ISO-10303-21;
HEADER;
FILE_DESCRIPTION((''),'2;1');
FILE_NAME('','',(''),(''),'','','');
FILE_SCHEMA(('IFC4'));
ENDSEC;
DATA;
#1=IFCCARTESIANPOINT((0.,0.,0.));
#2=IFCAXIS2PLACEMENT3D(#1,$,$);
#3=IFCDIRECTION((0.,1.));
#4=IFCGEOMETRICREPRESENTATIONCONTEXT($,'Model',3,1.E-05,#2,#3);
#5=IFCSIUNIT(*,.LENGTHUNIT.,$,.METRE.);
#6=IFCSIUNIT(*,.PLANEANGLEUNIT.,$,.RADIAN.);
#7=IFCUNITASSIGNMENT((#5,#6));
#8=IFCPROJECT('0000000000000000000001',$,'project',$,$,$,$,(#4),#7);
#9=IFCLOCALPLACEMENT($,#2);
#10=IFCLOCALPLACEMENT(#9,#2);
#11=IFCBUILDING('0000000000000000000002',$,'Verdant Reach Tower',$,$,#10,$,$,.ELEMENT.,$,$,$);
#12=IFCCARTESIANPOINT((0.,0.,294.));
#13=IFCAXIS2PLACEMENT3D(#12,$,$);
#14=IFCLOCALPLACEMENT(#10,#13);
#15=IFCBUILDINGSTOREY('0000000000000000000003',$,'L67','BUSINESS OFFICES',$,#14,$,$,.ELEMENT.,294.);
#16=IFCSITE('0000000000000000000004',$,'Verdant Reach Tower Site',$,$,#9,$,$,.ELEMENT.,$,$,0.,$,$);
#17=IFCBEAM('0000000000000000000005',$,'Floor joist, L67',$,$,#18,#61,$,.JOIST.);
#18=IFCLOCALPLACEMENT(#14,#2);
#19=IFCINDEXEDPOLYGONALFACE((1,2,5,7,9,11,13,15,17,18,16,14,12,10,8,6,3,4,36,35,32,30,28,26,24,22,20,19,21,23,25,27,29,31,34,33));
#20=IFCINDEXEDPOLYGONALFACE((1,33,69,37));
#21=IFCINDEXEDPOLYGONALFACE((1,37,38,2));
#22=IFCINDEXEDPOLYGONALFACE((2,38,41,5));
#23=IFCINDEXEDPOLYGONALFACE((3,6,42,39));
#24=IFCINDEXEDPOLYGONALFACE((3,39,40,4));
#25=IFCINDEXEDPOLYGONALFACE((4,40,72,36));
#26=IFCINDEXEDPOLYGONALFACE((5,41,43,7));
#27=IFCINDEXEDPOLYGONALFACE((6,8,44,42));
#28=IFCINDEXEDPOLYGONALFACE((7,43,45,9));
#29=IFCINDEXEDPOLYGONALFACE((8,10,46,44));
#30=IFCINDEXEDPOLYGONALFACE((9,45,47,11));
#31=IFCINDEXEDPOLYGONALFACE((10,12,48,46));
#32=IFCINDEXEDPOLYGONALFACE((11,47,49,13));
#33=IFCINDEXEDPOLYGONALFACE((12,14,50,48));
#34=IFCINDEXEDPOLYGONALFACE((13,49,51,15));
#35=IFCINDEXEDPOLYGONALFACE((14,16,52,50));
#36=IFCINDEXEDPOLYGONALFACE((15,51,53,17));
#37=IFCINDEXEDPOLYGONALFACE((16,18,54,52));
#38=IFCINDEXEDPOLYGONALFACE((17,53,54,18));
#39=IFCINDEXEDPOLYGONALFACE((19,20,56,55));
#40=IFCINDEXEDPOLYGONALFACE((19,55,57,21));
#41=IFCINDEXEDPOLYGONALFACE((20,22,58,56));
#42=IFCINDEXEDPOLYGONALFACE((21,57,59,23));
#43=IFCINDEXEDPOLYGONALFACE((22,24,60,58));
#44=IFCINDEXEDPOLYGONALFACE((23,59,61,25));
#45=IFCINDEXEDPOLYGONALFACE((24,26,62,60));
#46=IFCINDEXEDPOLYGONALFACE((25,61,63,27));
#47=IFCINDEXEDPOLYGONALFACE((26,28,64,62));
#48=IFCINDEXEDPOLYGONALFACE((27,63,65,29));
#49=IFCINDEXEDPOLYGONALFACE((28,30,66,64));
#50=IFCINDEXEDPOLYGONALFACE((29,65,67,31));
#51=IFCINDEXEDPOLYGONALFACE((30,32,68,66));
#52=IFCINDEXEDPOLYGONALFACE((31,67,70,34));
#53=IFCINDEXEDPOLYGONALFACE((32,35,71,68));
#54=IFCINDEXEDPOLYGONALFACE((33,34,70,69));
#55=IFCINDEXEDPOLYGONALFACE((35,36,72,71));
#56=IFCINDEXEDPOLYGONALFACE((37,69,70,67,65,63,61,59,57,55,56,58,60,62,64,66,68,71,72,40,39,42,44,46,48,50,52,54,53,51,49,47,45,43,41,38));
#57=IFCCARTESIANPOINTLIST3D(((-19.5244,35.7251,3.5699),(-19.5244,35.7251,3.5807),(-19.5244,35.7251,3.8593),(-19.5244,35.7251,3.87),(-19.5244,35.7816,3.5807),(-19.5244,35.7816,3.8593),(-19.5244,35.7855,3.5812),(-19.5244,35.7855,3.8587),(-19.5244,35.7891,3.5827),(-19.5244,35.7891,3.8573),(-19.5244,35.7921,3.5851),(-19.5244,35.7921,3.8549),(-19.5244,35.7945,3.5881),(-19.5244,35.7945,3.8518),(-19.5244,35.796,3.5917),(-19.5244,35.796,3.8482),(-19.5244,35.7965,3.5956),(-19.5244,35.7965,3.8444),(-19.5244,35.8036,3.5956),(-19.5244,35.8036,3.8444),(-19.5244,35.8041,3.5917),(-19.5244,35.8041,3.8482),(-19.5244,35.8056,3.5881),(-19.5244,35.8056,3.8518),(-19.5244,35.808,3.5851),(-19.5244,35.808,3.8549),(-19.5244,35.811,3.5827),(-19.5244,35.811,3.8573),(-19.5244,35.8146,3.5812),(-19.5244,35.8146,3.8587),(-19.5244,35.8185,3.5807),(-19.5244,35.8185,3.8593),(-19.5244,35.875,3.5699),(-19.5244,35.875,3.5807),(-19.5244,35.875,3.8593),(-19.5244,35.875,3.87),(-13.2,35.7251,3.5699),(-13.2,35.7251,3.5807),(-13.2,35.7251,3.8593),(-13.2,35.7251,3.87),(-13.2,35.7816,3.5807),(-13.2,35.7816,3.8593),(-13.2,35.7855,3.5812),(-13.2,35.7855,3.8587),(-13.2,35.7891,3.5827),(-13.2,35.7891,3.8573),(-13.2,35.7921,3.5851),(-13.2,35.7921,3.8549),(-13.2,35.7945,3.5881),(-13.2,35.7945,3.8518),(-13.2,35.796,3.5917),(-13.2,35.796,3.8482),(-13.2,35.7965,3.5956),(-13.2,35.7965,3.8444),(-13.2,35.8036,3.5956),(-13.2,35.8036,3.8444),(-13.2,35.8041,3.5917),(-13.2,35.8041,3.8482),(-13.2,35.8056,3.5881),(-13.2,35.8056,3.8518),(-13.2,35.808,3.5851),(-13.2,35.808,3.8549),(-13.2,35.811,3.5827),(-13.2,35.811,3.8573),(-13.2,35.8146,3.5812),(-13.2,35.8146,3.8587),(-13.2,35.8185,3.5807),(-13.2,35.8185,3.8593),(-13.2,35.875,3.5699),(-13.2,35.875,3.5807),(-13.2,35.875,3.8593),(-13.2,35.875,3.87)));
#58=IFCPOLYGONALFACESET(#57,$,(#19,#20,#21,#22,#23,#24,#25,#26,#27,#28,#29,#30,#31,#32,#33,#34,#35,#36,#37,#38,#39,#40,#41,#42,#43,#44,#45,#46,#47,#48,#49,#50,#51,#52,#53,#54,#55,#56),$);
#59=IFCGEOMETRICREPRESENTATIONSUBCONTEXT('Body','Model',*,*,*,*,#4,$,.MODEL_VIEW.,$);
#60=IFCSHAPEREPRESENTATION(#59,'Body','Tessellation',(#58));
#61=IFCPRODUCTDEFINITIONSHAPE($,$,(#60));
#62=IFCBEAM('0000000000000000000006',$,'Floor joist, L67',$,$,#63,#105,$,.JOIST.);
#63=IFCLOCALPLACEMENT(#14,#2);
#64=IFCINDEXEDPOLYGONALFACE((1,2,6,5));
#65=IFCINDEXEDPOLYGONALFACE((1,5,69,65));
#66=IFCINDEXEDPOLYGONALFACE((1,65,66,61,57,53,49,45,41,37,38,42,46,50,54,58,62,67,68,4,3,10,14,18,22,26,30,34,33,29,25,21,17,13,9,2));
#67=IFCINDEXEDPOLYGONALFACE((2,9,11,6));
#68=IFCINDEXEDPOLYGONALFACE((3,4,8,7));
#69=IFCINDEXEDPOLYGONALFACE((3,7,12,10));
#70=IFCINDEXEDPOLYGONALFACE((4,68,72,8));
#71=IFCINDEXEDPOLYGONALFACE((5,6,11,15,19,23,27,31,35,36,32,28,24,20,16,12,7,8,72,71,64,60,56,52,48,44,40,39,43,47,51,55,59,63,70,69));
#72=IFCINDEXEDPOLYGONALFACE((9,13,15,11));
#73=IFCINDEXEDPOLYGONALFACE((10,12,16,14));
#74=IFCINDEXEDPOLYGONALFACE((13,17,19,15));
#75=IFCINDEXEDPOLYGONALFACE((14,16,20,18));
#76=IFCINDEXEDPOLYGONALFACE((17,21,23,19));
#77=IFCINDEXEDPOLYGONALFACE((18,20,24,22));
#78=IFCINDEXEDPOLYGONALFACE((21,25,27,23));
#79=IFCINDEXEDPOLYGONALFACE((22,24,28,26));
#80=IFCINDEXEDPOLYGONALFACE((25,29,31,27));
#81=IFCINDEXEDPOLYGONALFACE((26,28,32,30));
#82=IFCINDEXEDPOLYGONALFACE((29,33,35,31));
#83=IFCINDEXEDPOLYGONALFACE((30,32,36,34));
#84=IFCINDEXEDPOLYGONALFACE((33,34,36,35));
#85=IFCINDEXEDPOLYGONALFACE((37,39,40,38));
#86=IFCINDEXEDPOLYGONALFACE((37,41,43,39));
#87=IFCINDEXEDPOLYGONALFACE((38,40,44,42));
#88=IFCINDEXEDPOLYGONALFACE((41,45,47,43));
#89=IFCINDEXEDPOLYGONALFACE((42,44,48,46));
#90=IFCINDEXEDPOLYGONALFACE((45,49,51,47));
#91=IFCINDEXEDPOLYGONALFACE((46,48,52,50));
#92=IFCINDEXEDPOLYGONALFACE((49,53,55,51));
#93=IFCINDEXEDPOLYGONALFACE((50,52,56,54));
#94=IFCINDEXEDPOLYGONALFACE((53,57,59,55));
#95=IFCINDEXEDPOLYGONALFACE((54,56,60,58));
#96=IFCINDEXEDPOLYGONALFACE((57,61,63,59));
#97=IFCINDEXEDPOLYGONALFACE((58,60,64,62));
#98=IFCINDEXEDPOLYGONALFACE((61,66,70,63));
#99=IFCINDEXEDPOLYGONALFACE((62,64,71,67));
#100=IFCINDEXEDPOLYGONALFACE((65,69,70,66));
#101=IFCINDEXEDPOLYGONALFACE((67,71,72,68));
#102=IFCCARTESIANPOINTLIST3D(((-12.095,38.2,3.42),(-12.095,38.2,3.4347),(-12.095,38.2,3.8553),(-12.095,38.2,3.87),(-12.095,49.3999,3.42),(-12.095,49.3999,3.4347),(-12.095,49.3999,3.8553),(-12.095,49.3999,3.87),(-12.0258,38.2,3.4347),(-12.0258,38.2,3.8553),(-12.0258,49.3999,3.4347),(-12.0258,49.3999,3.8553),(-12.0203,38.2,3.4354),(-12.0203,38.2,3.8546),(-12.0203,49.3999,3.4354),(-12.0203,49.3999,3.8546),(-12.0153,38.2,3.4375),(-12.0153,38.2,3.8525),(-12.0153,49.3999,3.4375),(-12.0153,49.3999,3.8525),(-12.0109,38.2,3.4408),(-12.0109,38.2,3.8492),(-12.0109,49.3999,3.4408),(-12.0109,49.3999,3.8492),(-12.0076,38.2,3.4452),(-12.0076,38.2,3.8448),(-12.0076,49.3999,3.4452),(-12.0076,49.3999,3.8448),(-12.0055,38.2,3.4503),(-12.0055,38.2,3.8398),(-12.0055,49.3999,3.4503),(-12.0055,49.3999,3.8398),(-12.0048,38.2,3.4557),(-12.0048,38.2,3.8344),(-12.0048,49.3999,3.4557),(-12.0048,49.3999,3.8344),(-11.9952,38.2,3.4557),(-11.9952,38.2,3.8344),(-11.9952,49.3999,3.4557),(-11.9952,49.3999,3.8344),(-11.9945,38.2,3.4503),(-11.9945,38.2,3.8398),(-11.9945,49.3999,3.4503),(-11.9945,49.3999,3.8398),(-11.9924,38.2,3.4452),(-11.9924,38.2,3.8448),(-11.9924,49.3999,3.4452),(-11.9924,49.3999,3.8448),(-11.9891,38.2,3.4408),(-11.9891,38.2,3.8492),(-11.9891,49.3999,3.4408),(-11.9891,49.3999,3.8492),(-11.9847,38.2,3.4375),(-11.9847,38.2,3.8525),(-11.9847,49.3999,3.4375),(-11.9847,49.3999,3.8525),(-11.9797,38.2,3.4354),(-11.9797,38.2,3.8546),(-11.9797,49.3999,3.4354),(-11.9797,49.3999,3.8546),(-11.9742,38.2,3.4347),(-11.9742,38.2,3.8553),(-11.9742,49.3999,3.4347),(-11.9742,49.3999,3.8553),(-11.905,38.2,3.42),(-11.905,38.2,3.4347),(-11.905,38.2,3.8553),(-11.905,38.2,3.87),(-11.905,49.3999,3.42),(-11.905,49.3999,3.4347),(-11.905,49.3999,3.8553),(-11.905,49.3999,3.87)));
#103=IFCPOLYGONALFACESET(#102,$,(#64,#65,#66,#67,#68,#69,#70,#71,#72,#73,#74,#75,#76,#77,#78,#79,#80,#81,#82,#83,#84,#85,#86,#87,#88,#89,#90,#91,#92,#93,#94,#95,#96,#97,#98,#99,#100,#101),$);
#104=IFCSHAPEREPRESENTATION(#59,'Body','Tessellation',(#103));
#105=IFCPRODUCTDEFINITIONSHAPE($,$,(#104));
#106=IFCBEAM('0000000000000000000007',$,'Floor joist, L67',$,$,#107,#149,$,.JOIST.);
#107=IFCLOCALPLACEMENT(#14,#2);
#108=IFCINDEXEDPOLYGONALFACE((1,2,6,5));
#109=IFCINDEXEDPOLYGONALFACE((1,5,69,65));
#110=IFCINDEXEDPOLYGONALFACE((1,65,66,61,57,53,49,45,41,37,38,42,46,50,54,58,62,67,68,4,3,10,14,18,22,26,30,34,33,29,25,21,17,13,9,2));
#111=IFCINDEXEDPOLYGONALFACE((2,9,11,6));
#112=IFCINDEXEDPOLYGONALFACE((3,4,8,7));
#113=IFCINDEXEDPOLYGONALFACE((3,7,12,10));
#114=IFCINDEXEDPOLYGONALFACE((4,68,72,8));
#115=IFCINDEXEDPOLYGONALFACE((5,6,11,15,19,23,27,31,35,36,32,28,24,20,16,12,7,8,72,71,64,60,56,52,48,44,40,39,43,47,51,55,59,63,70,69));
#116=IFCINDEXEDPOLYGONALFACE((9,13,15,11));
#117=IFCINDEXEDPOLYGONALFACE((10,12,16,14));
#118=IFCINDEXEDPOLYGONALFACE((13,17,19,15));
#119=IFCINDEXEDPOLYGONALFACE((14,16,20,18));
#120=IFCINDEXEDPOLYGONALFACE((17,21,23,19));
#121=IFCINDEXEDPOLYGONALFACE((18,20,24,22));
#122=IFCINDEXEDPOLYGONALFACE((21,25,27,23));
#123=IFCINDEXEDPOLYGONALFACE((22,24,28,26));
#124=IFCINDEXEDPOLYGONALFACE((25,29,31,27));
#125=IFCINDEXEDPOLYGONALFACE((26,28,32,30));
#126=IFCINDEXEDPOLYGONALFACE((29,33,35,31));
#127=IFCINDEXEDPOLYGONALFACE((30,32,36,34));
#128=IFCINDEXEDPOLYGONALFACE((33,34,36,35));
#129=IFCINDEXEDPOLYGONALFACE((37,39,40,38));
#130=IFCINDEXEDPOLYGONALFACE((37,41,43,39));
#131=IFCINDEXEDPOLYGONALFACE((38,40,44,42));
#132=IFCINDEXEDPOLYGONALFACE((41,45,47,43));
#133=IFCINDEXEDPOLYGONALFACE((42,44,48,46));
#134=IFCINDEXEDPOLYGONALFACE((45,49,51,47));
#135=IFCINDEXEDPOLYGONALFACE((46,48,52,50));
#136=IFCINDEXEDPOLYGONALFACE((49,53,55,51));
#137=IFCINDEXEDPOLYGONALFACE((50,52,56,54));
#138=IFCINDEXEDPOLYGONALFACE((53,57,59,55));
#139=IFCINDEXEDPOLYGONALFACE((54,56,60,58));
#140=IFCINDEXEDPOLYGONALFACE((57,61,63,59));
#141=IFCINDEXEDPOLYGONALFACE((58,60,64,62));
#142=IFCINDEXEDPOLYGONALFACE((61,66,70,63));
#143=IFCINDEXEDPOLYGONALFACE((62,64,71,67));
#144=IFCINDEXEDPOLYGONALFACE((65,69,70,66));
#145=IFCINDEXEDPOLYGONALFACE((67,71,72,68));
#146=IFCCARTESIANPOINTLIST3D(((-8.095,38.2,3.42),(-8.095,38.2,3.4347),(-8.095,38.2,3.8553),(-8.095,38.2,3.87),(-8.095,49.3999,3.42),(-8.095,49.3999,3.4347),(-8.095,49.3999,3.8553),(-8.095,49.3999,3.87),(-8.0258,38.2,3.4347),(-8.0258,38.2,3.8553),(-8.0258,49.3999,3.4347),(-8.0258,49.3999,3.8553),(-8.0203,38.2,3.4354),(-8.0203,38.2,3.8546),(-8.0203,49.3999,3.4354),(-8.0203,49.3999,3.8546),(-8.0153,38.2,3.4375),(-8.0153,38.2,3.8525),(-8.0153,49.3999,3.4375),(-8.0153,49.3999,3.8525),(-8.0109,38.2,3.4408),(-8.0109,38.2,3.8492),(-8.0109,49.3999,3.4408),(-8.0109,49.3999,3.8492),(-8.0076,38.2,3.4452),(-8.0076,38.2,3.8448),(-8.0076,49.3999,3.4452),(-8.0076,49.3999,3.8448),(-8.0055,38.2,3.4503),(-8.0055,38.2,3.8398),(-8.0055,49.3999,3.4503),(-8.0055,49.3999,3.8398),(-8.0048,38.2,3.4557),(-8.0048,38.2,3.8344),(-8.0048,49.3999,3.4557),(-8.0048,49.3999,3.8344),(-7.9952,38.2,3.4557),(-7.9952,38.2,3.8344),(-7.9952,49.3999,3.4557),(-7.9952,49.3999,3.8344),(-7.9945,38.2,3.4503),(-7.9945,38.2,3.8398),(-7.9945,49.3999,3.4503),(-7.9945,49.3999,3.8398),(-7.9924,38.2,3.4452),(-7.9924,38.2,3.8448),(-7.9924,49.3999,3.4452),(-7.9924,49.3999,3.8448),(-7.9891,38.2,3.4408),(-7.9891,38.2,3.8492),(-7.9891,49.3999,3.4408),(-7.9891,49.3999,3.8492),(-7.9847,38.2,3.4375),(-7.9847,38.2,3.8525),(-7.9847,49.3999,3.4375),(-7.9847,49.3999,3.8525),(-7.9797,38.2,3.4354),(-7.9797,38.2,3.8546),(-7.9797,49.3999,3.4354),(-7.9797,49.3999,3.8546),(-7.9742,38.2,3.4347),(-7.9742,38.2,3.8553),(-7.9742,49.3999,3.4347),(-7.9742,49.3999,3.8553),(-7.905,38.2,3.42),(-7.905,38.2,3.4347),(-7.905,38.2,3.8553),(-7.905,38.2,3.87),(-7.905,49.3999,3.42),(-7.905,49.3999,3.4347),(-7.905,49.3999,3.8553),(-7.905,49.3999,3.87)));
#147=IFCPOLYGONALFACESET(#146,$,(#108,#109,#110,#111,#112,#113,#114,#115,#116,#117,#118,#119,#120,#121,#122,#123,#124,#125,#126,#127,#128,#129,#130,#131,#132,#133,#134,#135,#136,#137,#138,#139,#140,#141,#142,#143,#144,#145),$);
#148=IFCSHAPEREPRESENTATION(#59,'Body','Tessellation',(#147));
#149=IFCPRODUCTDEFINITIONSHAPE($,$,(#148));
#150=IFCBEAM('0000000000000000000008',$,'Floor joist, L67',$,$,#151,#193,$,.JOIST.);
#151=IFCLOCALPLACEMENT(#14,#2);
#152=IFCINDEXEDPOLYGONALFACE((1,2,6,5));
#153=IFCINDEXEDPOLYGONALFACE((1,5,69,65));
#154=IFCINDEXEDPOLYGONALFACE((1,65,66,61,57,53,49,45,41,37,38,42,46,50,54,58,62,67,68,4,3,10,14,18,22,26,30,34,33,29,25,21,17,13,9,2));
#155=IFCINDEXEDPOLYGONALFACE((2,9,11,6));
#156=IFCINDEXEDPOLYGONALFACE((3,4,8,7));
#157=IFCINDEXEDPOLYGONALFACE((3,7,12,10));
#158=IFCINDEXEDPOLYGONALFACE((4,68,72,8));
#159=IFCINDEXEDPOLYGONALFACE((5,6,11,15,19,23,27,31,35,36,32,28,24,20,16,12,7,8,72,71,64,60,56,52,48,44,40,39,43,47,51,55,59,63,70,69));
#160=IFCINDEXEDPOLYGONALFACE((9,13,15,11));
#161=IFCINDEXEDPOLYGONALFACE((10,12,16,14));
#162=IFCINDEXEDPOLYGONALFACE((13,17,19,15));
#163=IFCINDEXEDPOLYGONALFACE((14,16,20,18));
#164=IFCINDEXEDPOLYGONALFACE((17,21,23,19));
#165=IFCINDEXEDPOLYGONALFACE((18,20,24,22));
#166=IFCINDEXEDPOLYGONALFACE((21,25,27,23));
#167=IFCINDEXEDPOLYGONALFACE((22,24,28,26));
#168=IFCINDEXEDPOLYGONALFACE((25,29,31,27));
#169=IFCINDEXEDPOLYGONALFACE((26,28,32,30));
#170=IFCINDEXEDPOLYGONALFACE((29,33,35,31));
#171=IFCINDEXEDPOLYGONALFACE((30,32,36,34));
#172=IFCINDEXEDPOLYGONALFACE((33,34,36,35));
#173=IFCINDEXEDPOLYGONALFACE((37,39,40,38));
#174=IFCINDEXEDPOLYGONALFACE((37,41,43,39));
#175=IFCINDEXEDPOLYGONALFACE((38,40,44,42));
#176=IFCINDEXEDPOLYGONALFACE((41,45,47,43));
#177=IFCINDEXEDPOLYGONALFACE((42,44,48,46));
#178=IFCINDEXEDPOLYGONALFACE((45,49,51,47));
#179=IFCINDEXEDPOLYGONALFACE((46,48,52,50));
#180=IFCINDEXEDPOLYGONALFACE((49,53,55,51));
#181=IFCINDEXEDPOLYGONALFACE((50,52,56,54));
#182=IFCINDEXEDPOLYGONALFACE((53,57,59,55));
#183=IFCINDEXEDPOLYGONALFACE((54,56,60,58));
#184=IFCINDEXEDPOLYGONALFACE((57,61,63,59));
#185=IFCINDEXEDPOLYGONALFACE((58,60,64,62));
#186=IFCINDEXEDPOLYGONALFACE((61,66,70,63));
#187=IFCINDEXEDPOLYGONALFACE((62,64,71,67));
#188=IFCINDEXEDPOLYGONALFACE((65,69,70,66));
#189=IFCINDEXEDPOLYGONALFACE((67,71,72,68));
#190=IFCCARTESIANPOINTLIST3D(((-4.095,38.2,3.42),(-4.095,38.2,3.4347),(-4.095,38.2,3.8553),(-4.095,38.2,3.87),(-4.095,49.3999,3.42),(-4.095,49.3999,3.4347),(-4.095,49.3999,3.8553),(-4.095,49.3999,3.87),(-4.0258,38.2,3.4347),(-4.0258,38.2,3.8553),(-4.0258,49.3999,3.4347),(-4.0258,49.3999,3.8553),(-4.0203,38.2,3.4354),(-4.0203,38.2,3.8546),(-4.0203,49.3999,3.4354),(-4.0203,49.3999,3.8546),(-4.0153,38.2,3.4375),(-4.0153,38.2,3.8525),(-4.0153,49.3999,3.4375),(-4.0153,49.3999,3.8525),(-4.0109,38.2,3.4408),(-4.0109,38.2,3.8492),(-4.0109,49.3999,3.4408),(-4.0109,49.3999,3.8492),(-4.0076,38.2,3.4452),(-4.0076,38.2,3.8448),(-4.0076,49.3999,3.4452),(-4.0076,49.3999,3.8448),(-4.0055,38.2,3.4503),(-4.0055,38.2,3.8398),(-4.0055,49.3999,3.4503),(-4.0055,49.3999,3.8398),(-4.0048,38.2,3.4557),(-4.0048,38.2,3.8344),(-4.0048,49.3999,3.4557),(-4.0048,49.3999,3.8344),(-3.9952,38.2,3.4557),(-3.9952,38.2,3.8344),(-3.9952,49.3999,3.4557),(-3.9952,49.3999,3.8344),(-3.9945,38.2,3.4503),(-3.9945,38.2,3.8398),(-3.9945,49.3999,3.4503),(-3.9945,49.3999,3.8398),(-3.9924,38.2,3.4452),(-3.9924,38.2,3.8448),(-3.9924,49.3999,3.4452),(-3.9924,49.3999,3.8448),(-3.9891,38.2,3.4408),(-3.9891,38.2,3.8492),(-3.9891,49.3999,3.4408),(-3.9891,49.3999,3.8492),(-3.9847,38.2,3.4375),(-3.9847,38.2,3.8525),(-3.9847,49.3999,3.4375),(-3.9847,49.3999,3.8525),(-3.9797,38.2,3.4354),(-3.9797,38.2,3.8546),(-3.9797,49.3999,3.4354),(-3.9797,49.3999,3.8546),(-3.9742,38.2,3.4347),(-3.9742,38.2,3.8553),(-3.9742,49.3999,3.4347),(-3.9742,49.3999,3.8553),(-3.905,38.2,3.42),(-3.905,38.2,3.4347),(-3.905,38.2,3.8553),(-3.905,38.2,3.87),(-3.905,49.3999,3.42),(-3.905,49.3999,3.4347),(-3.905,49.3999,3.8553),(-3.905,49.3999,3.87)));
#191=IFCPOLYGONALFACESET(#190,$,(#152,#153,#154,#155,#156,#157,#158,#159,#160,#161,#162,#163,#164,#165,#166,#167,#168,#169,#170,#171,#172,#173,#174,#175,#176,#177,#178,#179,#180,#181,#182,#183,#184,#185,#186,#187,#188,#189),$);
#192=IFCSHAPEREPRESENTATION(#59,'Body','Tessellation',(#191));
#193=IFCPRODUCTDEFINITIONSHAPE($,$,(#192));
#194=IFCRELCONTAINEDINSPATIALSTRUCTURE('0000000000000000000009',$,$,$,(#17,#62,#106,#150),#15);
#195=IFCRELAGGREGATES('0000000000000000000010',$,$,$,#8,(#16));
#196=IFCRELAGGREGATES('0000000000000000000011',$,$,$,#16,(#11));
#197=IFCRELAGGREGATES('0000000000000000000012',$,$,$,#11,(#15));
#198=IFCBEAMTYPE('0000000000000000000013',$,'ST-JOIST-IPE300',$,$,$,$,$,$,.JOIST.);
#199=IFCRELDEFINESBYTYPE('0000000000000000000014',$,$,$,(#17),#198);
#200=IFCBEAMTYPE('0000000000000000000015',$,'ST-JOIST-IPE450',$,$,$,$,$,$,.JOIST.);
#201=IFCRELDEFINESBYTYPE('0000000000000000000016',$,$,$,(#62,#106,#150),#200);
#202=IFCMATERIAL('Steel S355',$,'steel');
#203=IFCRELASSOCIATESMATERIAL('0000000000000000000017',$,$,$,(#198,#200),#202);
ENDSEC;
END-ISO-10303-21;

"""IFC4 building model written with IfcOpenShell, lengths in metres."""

from ifc_helpers import new_model, si_unit, direction, frame, origin, origin_2d, place, context, subcontext, project, spatial, i_section, extrude, material, material_profile, profile_set, type_object, element, save


model = new_model("IFC4")

# Units and contexts
model_context = context("Model", 3, precision=1e-05, world=origin(), true_north=direction((0.0, 1.0)))
body_context = subcontext(model_context, "Body", "Model", "MODEL_VIEW")
ifc_project = project(units=[si_unit("LENGTHUNIT", "METRE"), si_unit("PLANEANGLEUNIT", "RADIAN")], contexts=[model_context])

# Site, building, storey
site_placement = place(None, origin())
site = spatial("IfcSite", under=ifc_project, at=site_placement, Name="Verdant Reach Tower Site", CompositionType="ELEMENT", RefElevation=0.0)
building_placement = place(site_placement, origin())
building = spatial("IfcBuilding", under=site, at=building_placement, Name="Verdant Reach Tower", CompositionType="ELEMENT")
storey_placement = place(building_placement, frame((0.0, 0.0, 294.0)))
storey = spatial("IfcBuildingStorey", under=building, at=storey_placement, Name="L67", Description="BUSINESS OFFICES", CompositionType="ELEMENT", Elevation=294.0)

# Beams
ifc_material_1 = material(Name="Steel S355", Category="steel")
ifc_material_profile_1 = material_profile(ifc_material_1, i_section(OverallWidth=0.1499, OverallDepth=0.3, WebThickness=0.0071, FlangeThickness=0.0107, FilletRadius=0.0149, at=origin_2d()), Name="IPE 300")
ifc_profile_set_1 = profile_set([ifc_material_profile_1], Name="Steel S355")
beam_type_1 = type_object("IfcBeamType", Name="ST-JOIST-IPE300", PredefinedType="JOIST", material=ifc_profile_set_1)
beam_1_placement = place(storey_placement, frame((-13.2, 35.8, 3.72), z_axis=(-1.0, 0.0, 0.0), x_axis=(0.0, -1.0, 0.0)))
element("IfcBeam", 1, at=beam_1_placement, inside=storey, type_object=beam_type_1, Name="Floor joist, L67", PredefinedType="JOIST", context=body_context, shape_type="SweptSolid", body=[
    extrude(i_section(OverallWidth=0.1499, OverallDepth=0.3, WebThickness=0.0071, FlangeThickness=0.0107, FilletRadius=0.0149, at=origin_2d()), origin(), (0.0, 0.0, 1.0), 6.3245),
])
ifc_material_profile_2 = material_profile(ifc_material_1, i_section(OverallWidth=0.1899, OverallDepth=0.45, WebThickness=0.0095, FlangeThickness=0.0146, FilletRadius=0.021, at=origin_2d()), Name="IPE 450")
ifc_profile_set_2 = profile_set([ifc_material_profile_2], Name="Steel S355")
beam_type_2 = type_object("IfcBeamType", Name="ST-JOIST-IPE450", PredefinedType="JOIST", material=ifc_profile_set_2)
for number, where, z_axis, x_axis, name in (
    (2, (-12.0, 38.2, 3.645), (0.0, 1.0, 0.0), (-1.0, 0.0, 0.0), "Floor joist, L67"),
    (3, (-8.0, 38.2, 3.645), (0.0, 1.0, 0.0), (-1.0, 0.0, 0.0), "Floor joist, L67"),
    (4, (-4.0, 38.2, 3.645), (0.0, 1.0, 0.0), (-1.0, 0.0, 0.0), "Floor joist, L67"),
):
    element("IfcBeam", number, at=place(storey_placement, frame(where, z_axis=z_axis, x_axis=x_axis)), inside=storey, type_object=beam_type_2, Name=name, PredefinedType="JOIST", context=body_context, shape_type="SweptSolid", body=[
        extrude(i_section(OverallWidth=0.1899, OverallDepth=0.45, WebThickness=0.0095, FlangeThickness=0.0146, FilletRadius=0.021, at=origin_2d()), origin(), (0.0, 0.0, 1.0), 11.2),
    ])

save(model, "model.ifc")
